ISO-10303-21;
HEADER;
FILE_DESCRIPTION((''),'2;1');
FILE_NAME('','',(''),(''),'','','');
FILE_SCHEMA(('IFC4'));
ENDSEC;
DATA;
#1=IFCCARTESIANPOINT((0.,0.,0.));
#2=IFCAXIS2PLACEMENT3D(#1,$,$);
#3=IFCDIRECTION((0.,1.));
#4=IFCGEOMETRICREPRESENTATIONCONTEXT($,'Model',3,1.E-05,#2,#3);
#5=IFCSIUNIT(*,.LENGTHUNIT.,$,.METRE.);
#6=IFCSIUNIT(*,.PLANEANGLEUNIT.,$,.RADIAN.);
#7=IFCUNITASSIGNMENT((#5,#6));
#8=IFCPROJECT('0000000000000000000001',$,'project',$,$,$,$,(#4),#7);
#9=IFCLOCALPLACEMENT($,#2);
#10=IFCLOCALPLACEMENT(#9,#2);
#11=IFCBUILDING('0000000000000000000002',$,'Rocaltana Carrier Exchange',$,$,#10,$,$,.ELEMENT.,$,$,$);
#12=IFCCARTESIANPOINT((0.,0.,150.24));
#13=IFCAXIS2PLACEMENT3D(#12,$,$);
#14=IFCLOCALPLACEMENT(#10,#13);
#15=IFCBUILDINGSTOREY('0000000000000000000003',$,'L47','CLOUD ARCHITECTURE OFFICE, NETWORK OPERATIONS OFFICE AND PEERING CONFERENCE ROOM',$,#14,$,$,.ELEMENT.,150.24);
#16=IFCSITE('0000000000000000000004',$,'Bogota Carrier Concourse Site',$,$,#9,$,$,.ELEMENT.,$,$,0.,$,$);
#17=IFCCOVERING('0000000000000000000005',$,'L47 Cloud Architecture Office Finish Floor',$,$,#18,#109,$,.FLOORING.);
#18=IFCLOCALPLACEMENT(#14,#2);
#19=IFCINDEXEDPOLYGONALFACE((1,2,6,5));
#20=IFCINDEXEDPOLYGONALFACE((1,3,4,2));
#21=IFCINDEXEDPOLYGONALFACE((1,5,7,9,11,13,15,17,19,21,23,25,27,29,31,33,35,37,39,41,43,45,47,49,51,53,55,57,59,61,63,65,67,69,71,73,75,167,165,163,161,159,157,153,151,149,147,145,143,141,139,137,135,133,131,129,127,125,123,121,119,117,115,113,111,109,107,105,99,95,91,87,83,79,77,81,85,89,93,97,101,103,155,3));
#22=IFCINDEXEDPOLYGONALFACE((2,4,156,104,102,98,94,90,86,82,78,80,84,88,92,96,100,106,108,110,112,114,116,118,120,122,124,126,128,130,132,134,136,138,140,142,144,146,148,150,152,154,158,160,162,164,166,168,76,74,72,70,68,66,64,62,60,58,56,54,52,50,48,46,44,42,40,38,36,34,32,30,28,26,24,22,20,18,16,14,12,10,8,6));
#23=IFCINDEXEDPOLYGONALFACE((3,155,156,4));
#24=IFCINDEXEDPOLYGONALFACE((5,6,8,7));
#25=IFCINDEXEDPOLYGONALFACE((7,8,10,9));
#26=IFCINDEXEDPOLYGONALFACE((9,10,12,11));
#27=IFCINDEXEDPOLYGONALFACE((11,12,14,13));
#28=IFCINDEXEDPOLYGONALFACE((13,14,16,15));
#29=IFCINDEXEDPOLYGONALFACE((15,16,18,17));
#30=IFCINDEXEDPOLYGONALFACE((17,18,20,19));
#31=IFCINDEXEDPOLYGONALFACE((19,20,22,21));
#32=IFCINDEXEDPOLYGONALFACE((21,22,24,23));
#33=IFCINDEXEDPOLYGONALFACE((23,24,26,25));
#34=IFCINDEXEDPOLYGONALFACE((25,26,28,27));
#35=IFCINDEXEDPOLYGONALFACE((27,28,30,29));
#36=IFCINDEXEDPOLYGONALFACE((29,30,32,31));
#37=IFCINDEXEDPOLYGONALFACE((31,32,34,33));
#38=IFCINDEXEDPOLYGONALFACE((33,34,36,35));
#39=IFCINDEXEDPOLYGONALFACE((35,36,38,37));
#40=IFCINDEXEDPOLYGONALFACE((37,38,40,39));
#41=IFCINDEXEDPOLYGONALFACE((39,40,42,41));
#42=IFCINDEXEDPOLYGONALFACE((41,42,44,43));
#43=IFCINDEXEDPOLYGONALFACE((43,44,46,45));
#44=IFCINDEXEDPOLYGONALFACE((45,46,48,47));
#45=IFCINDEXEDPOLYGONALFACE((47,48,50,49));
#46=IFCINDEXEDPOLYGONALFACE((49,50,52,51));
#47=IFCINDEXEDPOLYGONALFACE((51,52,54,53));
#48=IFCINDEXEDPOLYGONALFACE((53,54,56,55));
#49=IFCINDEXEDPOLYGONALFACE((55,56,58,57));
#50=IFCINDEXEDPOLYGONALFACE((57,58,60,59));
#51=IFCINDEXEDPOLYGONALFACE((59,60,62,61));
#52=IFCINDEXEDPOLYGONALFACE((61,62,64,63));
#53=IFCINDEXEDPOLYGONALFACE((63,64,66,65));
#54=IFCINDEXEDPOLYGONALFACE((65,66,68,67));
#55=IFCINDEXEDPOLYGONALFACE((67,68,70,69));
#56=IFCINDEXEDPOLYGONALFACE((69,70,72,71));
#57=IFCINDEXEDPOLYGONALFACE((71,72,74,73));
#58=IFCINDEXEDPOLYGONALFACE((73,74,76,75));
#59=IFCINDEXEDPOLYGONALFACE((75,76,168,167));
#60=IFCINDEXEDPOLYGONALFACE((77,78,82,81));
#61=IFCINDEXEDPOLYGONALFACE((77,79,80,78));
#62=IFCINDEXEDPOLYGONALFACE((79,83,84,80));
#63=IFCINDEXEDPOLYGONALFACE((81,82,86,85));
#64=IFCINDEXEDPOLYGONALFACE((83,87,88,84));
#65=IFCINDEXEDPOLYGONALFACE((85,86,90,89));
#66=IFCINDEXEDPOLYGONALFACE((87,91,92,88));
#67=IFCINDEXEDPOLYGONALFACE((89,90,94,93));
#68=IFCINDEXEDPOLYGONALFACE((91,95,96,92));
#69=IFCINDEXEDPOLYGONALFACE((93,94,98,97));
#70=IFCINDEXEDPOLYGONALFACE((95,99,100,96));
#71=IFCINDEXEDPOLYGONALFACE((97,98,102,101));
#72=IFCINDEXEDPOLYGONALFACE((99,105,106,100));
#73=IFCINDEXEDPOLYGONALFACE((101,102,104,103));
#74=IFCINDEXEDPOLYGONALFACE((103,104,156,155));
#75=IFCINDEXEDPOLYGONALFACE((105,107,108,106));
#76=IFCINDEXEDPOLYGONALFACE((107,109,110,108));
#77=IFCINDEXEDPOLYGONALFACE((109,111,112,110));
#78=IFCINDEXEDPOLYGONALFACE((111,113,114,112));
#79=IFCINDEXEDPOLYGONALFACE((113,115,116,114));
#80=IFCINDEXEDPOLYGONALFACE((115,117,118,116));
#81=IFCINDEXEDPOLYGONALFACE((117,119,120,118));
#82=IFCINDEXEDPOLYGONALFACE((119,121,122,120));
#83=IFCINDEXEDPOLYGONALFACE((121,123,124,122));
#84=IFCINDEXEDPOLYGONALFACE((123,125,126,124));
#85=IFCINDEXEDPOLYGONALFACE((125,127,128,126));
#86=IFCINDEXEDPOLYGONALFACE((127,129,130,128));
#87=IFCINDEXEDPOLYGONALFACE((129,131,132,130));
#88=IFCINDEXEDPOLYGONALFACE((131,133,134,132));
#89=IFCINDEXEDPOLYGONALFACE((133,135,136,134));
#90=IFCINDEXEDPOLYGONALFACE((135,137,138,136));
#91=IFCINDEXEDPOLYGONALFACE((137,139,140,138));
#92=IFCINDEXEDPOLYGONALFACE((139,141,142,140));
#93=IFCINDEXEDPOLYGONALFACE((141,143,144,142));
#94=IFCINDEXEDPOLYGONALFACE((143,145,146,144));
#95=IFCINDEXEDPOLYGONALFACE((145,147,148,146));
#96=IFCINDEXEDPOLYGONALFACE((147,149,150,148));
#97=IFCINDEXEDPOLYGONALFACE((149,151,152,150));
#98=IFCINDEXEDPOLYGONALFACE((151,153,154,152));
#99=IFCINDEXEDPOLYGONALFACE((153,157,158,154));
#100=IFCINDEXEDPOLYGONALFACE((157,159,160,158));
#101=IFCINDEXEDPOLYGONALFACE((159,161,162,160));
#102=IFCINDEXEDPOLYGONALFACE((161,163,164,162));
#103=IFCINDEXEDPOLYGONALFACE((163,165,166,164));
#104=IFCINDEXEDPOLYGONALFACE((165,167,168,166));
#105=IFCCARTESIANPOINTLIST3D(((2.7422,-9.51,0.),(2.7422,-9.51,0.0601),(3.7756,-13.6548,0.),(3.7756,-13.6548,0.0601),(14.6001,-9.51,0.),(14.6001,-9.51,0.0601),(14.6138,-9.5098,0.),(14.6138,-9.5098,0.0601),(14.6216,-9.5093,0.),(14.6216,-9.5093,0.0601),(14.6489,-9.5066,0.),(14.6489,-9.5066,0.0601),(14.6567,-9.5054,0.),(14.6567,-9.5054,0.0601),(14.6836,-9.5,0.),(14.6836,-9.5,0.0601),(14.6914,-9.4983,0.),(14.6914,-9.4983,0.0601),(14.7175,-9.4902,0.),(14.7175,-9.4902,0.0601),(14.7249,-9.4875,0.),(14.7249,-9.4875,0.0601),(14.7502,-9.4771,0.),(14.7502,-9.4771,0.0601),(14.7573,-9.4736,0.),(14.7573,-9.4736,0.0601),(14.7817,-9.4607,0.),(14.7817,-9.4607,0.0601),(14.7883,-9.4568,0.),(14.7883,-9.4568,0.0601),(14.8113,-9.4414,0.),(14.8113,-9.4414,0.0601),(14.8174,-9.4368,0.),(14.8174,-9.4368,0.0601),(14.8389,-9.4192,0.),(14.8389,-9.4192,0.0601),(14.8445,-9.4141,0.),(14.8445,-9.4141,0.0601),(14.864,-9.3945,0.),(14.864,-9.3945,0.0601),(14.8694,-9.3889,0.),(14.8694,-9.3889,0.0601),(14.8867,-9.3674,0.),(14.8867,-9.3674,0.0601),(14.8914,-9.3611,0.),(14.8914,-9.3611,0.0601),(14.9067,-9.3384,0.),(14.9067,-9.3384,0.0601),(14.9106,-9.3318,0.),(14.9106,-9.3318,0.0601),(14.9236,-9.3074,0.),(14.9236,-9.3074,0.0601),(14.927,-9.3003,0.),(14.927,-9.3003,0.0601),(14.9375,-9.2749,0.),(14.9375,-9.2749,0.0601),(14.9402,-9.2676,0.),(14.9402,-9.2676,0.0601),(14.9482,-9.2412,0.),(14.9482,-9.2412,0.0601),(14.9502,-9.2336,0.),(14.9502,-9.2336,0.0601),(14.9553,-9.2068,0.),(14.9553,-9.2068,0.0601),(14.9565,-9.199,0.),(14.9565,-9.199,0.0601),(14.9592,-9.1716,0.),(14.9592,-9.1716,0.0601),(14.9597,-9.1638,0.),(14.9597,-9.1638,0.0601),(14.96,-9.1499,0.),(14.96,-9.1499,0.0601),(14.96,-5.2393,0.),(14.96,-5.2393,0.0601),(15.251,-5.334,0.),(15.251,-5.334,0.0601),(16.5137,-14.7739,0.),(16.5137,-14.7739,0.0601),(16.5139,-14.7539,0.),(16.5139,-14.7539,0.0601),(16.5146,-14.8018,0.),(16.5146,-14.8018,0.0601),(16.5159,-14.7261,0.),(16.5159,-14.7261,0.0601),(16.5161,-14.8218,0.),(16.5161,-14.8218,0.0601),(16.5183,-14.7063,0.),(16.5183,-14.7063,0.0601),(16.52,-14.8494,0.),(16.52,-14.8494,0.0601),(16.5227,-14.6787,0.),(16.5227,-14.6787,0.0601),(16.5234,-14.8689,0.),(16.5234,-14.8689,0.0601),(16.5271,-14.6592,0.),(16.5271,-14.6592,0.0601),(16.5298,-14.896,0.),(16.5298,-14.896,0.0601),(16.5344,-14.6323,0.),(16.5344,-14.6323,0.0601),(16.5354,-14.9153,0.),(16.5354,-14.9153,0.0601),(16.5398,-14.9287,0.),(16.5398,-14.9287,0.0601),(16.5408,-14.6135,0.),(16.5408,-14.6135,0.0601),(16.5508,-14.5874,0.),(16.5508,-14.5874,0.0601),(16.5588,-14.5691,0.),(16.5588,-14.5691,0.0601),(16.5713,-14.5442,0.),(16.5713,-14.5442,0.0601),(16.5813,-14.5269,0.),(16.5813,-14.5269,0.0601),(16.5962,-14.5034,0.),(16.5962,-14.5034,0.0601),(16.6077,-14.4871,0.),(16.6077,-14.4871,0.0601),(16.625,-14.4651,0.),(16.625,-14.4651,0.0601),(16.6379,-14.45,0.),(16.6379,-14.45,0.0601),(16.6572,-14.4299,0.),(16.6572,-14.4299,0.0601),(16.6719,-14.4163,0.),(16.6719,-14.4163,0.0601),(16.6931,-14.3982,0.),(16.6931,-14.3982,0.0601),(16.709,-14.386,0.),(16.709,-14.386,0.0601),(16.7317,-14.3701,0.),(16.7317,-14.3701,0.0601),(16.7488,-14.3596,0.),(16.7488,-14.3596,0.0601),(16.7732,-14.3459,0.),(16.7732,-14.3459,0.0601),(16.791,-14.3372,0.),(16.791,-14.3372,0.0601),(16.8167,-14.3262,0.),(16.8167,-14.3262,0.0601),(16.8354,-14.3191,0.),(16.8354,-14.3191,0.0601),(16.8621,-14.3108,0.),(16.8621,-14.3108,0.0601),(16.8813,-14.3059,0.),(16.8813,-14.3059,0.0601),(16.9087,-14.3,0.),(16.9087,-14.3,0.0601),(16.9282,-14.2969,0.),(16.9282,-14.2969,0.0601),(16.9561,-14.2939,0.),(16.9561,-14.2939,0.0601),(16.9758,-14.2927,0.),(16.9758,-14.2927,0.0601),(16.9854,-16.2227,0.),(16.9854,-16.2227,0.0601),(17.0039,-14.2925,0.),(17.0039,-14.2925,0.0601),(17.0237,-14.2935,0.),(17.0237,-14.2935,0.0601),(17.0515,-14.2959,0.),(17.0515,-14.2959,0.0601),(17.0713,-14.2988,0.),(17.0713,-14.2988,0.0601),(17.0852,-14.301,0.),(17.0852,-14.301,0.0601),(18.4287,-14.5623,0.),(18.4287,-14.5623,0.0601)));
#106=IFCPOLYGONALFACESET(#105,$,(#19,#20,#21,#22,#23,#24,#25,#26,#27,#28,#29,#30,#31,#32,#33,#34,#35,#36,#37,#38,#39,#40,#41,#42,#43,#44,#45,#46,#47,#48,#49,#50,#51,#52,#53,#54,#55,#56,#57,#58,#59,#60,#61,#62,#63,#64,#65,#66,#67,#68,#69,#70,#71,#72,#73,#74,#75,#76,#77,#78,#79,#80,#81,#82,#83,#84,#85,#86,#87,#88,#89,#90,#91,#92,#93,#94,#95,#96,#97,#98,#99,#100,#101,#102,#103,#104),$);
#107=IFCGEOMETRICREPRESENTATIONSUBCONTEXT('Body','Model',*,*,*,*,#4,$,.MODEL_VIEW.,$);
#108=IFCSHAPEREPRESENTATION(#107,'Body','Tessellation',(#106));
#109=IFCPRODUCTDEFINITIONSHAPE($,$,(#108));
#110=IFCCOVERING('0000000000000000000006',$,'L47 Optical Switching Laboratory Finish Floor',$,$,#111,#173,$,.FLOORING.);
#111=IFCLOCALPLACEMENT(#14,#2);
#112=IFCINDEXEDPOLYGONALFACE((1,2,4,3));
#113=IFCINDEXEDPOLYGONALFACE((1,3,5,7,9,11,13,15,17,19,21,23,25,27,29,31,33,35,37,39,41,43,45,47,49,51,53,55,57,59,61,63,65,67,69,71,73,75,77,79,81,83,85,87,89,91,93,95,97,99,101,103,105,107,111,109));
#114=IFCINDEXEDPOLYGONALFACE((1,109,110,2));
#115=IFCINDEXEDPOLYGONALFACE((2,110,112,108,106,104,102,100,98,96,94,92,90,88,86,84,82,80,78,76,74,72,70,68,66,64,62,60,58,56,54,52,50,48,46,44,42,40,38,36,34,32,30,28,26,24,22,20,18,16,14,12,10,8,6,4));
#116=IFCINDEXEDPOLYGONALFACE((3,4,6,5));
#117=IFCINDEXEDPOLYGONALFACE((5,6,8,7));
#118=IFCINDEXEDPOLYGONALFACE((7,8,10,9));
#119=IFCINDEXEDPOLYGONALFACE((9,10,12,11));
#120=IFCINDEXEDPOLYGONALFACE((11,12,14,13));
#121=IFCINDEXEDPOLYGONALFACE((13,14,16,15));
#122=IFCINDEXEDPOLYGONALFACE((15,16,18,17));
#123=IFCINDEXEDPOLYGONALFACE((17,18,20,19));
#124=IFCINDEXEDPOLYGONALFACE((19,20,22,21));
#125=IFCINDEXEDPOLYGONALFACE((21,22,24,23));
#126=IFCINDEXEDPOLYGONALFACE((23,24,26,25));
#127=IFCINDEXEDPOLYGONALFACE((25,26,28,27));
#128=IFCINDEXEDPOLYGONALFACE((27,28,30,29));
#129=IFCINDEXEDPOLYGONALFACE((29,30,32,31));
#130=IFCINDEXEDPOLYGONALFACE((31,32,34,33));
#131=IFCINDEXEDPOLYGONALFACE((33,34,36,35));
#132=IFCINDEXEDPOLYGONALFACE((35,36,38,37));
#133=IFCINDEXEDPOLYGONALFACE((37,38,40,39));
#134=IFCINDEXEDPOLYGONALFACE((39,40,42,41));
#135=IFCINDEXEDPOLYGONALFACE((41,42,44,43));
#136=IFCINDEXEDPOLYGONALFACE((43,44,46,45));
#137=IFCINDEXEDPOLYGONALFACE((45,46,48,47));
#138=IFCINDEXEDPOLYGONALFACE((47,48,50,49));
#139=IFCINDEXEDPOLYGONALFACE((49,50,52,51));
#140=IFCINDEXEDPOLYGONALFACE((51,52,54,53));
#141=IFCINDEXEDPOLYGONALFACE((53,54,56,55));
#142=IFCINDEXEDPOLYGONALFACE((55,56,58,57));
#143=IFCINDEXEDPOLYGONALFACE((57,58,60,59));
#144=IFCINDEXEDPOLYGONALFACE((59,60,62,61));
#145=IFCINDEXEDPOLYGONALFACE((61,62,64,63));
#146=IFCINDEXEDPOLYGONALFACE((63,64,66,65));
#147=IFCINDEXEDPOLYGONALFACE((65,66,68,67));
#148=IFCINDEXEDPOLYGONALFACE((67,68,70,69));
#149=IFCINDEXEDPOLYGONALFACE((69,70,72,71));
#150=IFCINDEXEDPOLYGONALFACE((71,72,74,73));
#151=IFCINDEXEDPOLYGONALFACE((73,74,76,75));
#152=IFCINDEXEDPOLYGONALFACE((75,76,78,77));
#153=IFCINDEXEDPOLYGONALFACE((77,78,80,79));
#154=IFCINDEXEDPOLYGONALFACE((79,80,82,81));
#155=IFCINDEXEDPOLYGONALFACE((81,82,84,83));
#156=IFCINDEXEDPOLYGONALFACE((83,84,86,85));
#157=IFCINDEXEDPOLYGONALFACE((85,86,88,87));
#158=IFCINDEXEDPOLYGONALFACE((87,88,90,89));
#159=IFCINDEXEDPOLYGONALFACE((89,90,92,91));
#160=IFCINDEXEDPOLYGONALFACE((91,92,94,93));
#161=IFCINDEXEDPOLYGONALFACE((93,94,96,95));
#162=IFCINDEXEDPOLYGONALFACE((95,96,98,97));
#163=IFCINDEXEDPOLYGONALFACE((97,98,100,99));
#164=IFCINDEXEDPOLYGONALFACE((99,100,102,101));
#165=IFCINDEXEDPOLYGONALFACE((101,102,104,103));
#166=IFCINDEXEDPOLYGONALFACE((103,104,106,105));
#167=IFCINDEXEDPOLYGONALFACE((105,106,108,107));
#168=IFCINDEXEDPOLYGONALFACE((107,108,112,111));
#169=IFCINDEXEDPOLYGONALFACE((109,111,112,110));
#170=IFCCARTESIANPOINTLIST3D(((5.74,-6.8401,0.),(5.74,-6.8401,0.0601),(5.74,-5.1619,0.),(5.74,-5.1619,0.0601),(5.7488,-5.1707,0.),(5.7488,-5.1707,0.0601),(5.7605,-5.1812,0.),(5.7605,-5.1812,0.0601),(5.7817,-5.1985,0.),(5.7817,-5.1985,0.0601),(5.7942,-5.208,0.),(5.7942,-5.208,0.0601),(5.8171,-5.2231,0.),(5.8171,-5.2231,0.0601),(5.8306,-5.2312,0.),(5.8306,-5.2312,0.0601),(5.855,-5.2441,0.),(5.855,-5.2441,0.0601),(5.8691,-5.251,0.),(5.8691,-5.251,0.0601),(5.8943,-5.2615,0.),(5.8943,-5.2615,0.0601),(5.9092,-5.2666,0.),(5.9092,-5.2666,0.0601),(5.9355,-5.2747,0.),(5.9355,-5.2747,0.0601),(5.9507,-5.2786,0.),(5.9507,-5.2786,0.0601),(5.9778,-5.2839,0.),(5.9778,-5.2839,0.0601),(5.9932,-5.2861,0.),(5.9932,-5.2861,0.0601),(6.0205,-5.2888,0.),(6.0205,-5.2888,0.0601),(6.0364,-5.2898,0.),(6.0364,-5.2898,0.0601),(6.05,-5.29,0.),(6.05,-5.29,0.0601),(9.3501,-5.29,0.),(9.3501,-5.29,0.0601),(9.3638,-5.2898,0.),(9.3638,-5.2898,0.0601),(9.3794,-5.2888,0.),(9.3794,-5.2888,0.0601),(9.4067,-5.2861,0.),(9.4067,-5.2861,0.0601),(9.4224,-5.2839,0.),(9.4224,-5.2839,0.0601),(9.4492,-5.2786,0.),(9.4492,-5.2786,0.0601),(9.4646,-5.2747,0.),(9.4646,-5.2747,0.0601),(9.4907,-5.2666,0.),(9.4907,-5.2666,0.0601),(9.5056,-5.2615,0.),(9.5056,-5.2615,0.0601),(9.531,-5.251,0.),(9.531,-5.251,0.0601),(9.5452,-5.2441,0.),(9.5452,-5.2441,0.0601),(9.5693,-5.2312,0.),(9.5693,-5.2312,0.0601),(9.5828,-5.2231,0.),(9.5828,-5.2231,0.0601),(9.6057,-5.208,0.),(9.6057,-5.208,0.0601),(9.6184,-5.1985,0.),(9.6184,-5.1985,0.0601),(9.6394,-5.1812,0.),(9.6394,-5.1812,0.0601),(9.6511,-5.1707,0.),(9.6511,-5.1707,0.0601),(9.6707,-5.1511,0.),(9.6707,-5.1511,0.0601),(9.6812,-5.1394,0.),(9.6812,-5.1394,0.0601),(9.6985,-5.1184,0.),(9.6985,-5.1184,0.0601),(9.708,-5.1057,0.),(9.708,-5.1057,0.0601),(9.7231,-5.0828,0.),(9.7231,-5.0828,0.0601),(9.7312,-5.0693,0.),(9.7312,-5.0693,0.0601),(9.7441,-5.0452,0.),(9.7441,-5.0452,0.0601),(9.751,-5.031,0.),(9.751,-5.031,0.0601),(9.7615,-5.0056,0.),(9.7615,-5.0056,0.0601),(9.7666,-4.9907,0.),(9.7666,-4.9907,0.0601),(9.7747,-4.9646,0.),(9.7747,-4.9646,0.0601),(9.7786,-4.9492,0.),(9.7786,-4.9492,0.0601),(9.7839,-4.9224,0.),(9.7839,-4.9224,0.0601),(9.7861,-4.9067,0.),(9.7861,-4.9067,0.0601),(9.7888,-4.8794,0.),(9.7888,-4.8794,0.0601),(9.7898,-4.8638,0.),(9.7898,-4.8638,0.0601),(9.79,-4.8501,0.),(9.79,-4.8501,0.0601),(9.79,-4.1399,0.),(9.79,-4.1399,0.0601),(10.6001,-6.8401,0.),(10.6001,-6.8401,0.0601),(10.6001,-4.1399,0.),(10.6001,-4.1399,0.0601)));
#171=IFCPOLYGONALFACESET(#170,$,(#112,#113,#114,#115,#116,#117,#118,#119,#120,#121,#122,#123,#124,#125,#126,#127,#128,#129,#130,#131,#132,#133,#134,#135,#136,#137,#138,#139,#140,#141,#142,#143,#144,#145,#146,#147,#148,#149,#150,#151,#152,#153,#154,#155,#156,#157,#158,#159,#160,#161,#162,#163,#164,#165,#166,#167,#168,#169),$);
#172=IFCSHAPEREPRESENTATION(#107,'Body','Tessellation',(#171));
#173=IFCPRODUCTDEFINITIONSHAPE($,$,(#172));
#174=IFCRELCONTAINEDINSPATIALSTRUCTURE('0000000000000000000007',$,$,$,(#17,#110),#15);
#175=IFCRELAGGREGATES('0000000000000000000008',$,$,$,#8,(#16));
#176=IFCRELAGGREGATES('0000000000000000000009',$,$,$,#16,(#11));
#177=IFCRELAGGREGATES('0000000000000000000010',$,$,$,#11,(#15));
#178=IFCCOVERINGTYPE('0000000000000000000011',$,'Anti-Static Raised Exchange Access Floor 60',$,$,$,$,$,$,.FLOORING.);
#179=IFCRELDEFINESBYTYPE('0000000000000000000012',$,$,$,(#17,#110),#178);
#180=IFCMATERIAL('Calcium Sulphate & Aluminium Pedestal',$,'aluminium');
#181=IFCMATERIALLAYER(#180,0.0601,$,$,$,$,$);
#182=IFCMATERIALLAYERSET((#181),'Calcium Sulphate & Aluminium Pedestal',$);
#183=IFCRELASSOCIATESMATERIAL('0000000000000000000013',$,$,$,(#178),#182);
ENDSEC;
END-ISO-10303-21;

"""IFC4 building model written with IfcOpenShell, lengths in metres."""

from ifc_helpers import new_model, si_unit, direction, frame, origin, place, context, subcontext, project, spatial, polyline, outline, extrude, material, layer, layer_set, type_object, element, save


model = new_model("IFC4")

# Units and contexts
model_context = context("Model", 3, precision=1e-05, world=origin(), true_north=direction((0.0, 1.0)))
body_context = subcontext(model_context, "Body", "Model", "MODEL_VIEW")
ifc_project = project(units=[si_unit("LENGTHUNIT", "METRE"), si_unit("PLANEANGLEUNIT", "RADIAN")], contexts=[model_context])

# Site, building, storey
site_placement = place(None, origin())
site = spatial("IfcSite", under=ifc_project, at=site_placement, Name="Bogota Carrier Concourse Site", CompositionType="ELEMENT", RefElevation=0.0)
building_placement = place(site_placement, origin())
building = spatial("IfcBuilding", under=site, at=building_placement, Name="Rocaltana Carrier Exchange", CompositionType="ELEMENT")
storey_placement = place(building_placement, frame((0.0, 0.0, 150.24)))
storey = spatial("IfcBuildingStorey", under=building, at=storey_placement, Name="L47", Description="CLOUD ARCHITECTURE OFFICE, NETWORK OPERATIONS OFFICE AND PEERING CONFERENCE ROOM", CompositionType="ELEMENT", Elevation=150.24)

# Coverings
ifc_material_1 = material(Name="Calcium Sulphate & Aluminium Pedestal", Category="aluminium")
ifc_layer_1 = layer(ifc_material_1, 0.0601)
ifc_layer_set_1 = layer_set([ifc_layer_1], Name="Calcium Sulphate & Aluminium Pedestal")
covering_type_1 = type_object("IfcCoveringType", Name="Anti-Static Raised Exchange Access Floor 60", PredefinedType="FLOORING", material=ifc_layer_set_1)
covering_1_placement = place(storey_placement, origin())
element("IfcCovering", 1, at=covering_1_placement, inside=storey, type_object=covering_type_1, Name="L47 Cloud Architecture Office Finish Floor", PredefinedType="FLOORING", context=body_context, shape_type="SweptSolid", body=[
    extrude(outline(polyline([(18.4287, -14.5623), (17.0852, -14.301), (17.0713, -14.2988), (17.0515, -14.2959), (17.0237, -14.2935), (17.0039, -14.2925), (16.9758, -14.2927), (16.9561, -14.2939), (16.9282, -14.2969), (16.9087, -14.3), (16.8813, -14.3059), (16.8621, -14.3108), (16.8354, -14.3191), (16.8167, -14.3262), (16.791, -14.3372), (16.7732, -14.3459), (16.7488, -14.3596), (16.7317, -14.3701), (16.709, -14.386), (16.6931, -14.3982), (16.6719, -14.4163), (16.6572, -14.4299), (16.6379, -14.45), (16.625, -14.4651), (16.6077, -14.4871), (16.5962, -14.5034), (16.5813, -14.5269), (16.5713, -14.5442), (16.5588, -14.5691), (16.5508, -14.5874), (16.5408, -14.6135), (16.5344, -14.6323), (16.5271, -14.6592), (16.5227, -14.6787), (16.5183, -14.7063), (16.5159, -14.7261), (16.5139, -14.7539), (16.5137, -14.7739), (16.5146, -14.8018), (16.5161, -14.8218), (16.52, -14.8494), (16.5234, -14.8689), (16.5298, -14.896), (16.5354, -14.9153), (16.5398, -14.9287), (16.9854, -16.2227), (3.7756, -13.6548), (2.7422, -9.51), (14.6001, -9.51), (14.6138, -9.5098), (14.6216, -9.5093), (14.6489, -9.5066), (14.6567, -9.5054), (14.6836, -9.5), (14.6914, -9.4983), (14.7175, -9.4902), (14.7249, -9.4875), (14.7502, -9.4771), (14.7573, -9.4736), (14.7817, -9.4607), (14.7883, -9.4568), (14.8113, -9.4414), (14.8174, -9.4368), (14.8389, -9.4192), (14.8445, -9.4141), (14.864, -9.3945), (14.8694, -9.3889), (14.8867, -9.3674), (14.8914, -9.3611), (14.9067, -9.3384), (14.9106, -9.3318), (14.9236, -9.3074), (14.927, -9.3003), (14.9375, -9.2749), (14.9402, -9.2676), (14.9482, -9.2412), (14.9502, -9.2336), (14.9553, -9.2068), (14.9565, -9.199), (14.9592, -9.1716), (14.9597, -9.1638), (14.96, -9.1499), (14.96, -5.2393), (15.251, -5.334), (18.4287, -14.5623)])), origin(), (0.0, 0.0, 1.0), 0.0601),
])
covering_2_placement = place(storey_placement, origin())
element("IfcCovering", 2, at=covering_2_placement, inside=storey, type_object=covering_type_1, Name="L47 Optical Switching Laboratory Finish Floor", PredefinedType="FLOORING", context=body_context, shape_type="SweptSolid", body=[
    extrude(outline(polyline([(5.74, -6.8401), (5.74, -5.1619), (5.7488, -5.1707), (5.7605, -5.1812), (5.7817, -5.1985), (5.7942, -5.208), (5.8171, -5.2231), (5.8306, -5.2312), (5.855, -5.2441), (5.8691, -5.251), (5.8943, -5.2615), (5.9092, -5.2666), (5.9355, -5.2747), (5.9507, -5.2786), (5.9778, -5.2839), (5.9932, -5.2861), (6.0205, -5.2888), (6.0364, -5.2898), (6.05, -5.29), (9.3501, -5.29), (9.3638, -5.2898), (9.3794, -5.2888), (9.4067, -5.2861), (9.4224, -5.2839), (9.4492, -5.2786), (9.4646, -5.2747), (9.4907, -5.2666), (9.5056, -5.2615), (9.531, -5.251), (9.5452, -5.2441), (9.5693, -5.2312), (9.5828, -5.2231), (9.6057, -5.208), (9.6184, -5.1985), (9.6394, -5.1812), (9.6511, -5.1707), (9.6707, -5.1511), (9.6812, -5.1394), (9.6985, -5.1184), (9.708, -5.1057), (9.7231, -5.0828), (9.7312, -5.0693), (9.7441, -5.0452), (9.751, -5.031), (9.7615, -5.0056), (9.7666, -4.9907), (9.7747, -4.9646), (9.7786, -4.9492), (9.7839, -4.9224), (9.7861, -4.9067), (9.7888, -4.8794), (9.7898, -4.8638), (9.79, -4.8501), (9.79, -4.1399), (10.6001, -4.1399), (10.6001, -6.8401), (5.74, -6.8401)])), origin(), (0.0, 0.0, 1.0), 0.0601),
])

save(model, "model.ifc")
